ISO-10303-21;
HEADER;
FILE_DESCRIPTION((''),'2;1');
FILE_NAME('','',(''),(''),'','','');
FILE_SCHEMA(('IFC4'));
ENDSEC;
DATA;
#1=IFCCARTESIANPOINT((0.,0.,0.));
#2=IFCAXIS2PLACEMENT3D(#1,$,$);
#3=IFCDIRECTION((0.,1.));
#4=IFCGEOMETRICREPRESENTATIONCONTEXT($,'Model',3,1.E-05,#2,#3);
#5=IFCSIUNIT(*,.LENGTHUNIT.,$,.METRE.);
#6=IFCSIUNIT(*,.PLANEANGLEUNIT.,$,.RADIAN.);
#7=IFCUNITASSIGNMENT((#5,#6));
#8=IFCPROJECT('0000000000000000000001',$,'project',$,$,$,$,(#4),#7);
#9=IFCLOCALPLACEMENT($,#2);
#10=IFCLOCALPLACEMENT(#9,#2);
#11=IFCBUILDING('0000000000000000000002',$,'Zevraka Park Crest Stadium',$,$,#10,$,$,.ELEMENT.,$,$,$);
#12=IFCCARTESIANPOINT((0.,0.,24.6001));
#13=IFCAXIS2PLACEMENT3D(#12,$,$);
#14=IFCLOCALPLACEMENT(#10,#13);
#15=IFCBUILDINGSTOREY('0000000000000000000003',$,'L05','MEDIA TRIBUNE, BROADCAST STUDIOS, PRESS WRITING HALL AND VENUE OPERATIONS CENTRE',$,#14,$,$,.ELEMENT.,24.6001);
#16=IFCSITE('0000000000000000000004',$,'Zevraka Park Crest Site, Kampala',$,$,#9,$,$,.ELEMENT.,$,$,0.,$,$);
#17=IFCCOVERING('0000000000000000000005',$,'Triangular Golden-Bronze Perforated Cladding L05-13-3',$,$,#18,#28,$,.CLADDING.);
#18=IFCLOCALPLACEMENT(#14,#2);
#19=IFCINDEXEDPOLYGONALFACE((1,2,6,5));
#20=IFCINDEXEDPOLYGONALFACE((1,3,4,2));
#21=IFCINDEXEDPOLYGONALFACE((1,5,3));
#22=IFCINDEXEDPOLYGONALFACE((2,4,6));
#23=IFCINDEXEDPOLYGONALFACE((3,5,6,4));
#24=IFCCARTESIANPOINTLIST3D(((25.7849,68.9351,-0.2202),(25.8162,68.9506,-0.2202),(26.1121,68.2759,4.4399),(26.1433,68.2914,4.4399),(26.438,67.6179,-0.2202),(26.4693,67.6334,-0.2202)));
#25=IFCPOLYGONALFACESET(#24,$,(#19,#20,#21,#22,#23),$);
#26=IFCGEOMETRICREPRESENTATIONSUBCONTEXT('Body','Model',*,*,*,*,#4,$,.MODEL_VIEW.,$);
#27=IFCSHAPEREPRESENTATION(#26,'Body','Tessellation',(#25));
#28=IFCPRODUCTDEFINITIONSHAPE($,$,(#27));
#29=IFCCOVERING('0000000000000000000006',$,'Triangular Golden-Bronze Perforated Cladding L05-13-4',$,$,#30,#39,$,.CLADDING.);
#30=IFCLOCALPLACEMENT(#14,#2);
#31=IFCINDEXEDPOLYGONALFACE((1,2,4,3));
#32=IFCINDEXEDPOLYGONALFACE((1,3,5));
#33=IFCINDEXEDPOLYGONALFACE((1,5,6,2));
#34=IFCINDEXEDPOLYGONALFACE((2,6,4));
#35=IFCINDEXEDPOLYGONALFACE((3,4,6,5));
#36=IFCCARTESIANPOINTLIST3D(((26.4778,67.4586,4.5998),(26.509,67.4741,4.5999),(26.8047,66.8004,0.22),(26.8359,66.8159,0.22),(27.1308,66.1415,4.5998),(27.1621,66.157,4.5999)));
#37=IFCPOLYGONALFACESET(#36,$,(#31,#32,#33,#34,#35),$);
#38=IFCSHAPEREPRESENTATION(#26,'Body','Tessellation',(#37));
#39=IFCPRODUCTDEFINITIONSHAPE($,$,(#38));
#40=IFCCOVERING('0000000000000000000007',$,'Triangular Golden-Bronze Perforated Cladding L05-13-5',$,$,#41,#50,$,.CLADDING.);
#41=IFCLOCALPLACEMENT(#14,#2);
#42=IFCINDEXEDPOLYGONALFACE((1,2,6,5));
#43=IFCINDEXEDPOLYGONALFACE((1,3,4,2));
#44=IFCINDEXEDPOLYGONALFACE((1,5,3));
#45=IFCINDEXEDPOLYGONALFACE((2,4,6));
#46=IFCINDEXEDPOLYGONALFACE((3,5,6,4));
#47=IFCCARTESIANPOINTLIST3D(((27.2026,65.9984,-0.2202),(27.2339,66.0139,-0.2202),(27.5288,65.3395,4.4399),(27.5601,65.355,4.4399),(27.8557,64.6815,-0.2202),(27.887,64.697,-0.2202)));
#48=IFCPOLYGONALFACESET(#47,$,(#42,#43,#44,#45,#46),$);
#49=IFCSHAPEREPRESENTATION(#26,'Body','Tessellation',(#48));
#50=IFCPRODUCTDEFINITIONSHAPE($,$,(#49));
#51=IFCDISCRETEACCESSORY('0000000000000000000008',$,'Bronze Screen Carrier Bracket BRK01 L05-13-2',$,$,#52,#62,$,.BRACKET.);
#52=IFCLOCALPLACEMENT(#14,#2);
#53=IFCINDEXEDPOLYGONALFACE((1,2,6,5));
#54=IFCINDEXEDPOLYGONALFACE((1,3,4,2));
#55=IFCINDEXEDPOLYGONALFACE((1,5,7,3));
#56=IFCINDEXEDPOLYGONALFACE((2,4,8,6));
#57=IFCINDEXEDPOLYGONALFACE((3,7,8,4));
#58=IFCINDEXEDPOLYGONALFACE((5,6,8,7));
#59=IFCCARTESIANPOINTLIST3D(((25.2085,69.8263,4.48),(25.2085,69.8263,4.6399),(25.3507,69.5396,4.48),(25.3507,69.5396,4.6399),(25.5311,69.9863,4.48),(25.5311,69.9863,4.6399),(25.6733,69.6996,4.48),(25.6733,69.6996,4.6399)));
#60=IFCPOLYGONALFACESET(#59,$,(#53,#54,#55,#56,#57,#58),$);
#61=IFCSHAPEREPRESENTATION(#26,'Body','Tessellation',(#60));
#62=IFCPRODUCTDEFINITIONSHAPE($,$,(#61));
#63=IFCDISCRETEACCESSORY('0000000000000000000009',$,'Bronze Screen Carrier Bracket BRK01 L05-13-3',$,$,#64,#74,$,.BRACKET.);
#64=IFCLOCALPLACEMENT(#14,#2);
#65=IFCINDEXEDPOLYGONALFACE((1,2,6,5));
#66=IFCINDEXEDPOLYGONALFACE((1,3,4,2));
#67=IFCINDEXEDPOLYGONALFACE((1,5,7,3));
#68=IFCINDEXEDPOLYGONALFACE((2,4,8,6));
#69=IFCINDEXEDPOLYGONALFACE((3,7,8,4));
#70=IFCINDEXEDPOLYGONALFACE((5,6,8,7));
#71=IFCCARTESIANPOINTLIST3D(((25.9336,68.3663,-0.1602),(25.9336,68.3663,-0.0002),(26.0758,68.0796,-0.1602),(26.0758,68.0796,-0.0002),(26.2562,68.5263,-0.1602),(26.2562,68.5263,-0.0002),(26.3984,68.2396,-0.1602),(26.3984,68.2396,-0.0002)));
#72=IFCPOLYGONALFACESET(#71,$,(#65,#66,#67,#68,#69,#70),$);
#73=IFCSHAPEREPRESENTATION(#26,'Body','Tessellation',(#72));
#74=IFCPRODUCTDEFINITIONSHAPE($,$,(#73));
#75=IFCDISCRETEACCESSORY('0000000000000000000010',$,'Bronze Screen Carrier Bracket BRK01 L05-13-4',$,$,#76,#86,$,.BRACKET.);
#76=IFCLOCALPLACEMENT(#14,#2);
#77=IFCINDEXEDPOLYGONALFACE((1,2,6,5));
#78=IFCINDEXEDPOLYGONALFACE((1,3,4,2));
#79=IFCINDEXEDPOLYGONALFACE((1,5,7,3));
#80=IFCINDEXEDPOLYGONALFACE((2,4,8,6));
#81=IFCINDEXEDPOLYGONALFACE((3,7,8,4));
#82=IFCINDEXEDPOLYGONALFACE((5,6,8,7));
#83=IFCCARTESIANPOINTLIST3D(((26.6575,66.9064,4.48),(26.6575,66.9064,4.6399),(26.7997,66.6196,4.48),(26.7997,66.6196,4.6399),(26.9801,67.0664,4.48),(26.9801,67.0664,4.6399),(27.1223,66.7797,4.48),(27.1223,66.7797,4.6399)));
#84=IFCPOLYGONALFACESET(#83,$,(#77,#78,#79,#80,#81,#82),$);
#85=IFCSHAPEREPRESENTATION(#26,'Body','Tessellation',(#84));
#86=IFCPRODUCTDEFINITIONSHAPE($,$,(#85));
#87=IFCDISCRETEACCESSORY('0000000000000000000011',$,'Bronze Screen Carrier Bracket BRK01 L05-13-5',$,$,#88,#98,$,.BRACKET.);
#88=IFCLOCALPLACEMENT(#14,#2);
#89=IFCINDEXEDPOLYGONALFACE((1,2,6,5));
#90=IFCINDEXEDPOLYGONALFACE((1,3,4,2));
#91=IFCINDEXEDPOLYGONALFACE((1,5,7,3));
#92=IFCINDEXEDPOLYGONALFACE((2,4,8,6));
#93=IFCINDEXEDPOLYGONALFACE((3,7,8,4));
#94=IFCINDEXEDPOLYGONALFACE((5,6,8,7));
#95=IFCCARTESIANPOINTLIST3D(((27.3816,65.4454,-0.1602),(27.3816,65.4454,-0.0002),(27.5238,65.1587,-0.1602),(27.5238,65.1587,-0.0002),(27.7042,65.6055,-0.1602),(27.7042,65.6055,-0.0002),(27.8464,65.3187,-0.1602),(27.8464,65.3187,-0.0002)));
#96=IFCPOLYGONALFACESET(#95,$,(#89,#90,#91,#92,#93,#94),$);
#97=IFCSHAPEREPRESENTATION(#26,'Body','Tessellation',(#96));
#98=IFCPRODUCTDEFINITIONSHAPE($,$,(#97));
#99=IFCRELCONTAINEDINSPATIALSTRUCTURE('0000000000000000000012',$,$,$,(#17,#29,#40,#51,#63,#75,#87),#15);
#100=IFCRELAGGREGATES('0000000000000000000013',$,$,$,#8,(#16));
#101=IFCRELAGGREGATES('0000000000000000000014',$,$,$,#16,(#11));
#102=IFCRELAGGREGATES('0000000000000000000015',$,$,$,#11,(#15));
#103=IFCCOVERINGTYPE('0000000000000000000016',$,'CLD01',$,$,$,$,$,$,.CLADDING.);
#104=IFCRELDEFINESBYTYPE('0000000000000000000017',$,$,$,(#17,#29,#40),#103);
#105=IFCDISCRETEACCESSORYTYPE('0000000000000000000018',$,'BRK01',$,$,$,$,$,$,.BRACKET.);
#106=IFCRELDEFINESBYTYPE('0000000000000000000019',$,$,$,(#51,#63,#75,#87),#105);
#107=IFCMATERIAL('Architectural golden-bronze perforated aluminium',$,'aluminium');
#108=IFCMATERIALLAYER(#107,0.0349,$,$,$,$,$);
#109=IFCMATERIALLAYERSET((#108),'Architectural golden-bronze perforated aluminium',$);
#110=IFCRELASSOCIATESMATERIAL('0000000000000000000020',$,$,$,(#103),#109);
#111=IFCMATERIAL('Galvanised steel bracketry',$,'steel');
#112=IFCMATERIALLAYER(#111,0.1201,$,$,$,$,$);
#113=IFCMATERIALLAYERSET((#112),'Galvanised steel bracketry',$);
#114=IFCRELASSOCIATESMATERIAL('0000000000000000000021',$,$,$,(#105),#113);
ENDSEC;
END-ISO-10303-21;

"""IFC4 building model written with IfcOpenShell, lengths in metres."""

from ifc_helpers import new_model, si_unit, direction, frame, origin, origin_2d, place, context, subcontext, project, spatial, polyline, rectangle, outline, extrude, material, layer, layer_set, type_object, element, save


model = new_model("IFC4")

# Units and contexts
model_context = context("Model", 3, precision=1e-05, world=origin(), true_north=direction((0.0, 1.0)))
body_context = subcontext(model_context, "Body", "Model", "MODEL_VIEW")
ifc_project = project(units=[si_unit("LENGTHUNIT", "METRE"), si_unit("PLANEANGLEUNIT", "RADIAN")], contexts=[model_context])

# Site, building, storey
site_placement = place(None, origin())
site = spatial("IfcSite", under=ifc_project, at=site_placement, Name="Zevraka Park Crest Site, Kampala", CompositionType="ELEMENT", RefElevation=0.0)
building_placement = place(site_placement, origin())
building = spatial("IfcBuilding", under=site, at=building_placement, Name="Zevraka Park Crest Stadium", CompositionType="ELEMENT")
storey_placement = place(building_placement, frame((0.0, 0.0, 24.6001)))
storey = spatial("IfcBuildingStorey", under=building, at=storey_placement, Name="L05", Description="MEDIA TRIBUNE, BROADCAST STUDIOS, PRESS WRITING HALL AND VENUE OPERATIONS CENTRE", CompositionType="ELEMENT", Elevation=24.6001)

# Coverings
ifc_material_1 = material(Name="Architectural golden-bronze perforated aluminium", Category="aluminium")
ifc_layer_1 = layer(ifc_material_1, 0.0349)
ifc_layer_set_1 = layer_set([ifc_layer_1], Name="Architectural golden-bronze perforated aluminium")
covering_type = type_object("IfcCoveringType", Name="CLD01", PredefinedType="CLADDING", material=ifc_layer_set_1)
covering_1_placement = place(storey_placement, frame((25.7849, 68.9351, -0.2202), z_axis=(-0.895917, -0.444222, 0.000059), x_axis=(0.444222, -0.895917, 0.0)))
element("IfcCovering", 1, at=covering_1_placement, inside=storey, type_object=covering_type, Name="Triangular Golden-Bronze Perforated Cladding L05-13-3", PredefinedType="CLADDING", context=body_context, shape_type="SweptSolid", body=[
    extrude(outline(polyline([(0.0, 0.0), (1.4702, 0.0), (0.7359, 4.6602), (0.0, 0.0)])), origin(), (0.0, 0.0, -1.0), 0.0349),
])
covering_2_placement = place(storey_placement, frame((27.1621, 66.157, 4.5999), z_axis=(0.895917, 0.444222, 0.000112), x_axis=(-0.444222, 0.895917, 0.0)))
element("IfcCovering", 2, at=covering_2_placement, inside=storey, type_object=covering_type, Name="Triangular Golden-Bronze Perforated Cladding L05-13-4", PredefinedType="CLADDING", context=body_context, shape_type="SweptSolid", body=[
    extrude(outline(polyline([(0.0, 0.0), (1.4702, 0.0), (0.7352, -4.3799), (0.0, 0.0)])), origin(), (0.0, 0.0, -1.0), 0.0349),
])
covering_3_placement = place(storey_placement, frame((27.2339, 66.0139, -0.2202), z_axis=(0.895884, 0.444288, 0.000117), x_axis=(0.444288, -0.895884, 0.0)))
element("IfcCovering", 3, at=covering_3_placement, inside=storey, type_object=covering_type, Name="Triangular Golden-Bronze Perforated Cladding L05-13-5", PredefinedType="CLADDING", context=body_context, shape_type="SweptSolid", body=[
    extrude(outline(polyline([(0.0, 0.0), (1.4699, 0.0), (0.7352, -4.6602), (0.0, 0.0)])), origin(), (0.0, 0.0, -1.0), 0.0349),
])

# Discrete accessories
ifc_material_2 = material(Name="Galvanised steel bracketry", Category="steel")
ifc_layer_2 = layer(ifc_material_2, 0.1201)
ifc_layer_set_2 = layer_set([ifc_layer_2], Name="Galvanised steel bracketry")
discrete_accessory_type = type_object("IfcDiscreteAccessoryType", Name="BRK01", PredefinedType="BRACKET", material=ifc_layer_set_2)
for number, where, z_axis, x_axis, name in (
    (4, (25.4409, 69.7629, 4.48), (0.0, 0.0, 1.0), (0.444322, -0.895867, 0.0), "Bronze Screen Carrier Bracket BRK01 L05-13-2"),
    (5, (26.166, 68.303, -0.1602), (0.0, 0.0, 1.0), (0.444322, -0.895867, 0.0), "Bronze Screen Carrier Bracket BRK01 L05-13-3"),
    (6, (26.8899, 66.843, 4.48), (0.0, 0.0, 1.0), (0.444322, -0.895867, 0.0), "Bronze Screen Carrier Bracket BRK01 L05-13-4"),
    (7, (27.614, 65.3821, -0.1602), (0.0, 0.0, 1.0), (0.444322, -0.895867, 0.0), "Bronze Screen Carrier Bracket BRK01 L05-13-5"),
):
    element("IfcDiscreteAccessory", number, at=place(storey_placement, frame(where, z_axis=z_axis, x_axis=x_axis)), inside=storey, type_object=discrete_accessory_type, Name=name, PredefinedType="BRACKET", context=body_context, shape_type="SweptSolid", body=[
        extrude(rectangle(XDim=0.3201, YDim=0.3601, at=origin_2d()), origin(), (0.0, 0.0, 1.0), 0.1599),
    ])

save(model, "model.ifc")
